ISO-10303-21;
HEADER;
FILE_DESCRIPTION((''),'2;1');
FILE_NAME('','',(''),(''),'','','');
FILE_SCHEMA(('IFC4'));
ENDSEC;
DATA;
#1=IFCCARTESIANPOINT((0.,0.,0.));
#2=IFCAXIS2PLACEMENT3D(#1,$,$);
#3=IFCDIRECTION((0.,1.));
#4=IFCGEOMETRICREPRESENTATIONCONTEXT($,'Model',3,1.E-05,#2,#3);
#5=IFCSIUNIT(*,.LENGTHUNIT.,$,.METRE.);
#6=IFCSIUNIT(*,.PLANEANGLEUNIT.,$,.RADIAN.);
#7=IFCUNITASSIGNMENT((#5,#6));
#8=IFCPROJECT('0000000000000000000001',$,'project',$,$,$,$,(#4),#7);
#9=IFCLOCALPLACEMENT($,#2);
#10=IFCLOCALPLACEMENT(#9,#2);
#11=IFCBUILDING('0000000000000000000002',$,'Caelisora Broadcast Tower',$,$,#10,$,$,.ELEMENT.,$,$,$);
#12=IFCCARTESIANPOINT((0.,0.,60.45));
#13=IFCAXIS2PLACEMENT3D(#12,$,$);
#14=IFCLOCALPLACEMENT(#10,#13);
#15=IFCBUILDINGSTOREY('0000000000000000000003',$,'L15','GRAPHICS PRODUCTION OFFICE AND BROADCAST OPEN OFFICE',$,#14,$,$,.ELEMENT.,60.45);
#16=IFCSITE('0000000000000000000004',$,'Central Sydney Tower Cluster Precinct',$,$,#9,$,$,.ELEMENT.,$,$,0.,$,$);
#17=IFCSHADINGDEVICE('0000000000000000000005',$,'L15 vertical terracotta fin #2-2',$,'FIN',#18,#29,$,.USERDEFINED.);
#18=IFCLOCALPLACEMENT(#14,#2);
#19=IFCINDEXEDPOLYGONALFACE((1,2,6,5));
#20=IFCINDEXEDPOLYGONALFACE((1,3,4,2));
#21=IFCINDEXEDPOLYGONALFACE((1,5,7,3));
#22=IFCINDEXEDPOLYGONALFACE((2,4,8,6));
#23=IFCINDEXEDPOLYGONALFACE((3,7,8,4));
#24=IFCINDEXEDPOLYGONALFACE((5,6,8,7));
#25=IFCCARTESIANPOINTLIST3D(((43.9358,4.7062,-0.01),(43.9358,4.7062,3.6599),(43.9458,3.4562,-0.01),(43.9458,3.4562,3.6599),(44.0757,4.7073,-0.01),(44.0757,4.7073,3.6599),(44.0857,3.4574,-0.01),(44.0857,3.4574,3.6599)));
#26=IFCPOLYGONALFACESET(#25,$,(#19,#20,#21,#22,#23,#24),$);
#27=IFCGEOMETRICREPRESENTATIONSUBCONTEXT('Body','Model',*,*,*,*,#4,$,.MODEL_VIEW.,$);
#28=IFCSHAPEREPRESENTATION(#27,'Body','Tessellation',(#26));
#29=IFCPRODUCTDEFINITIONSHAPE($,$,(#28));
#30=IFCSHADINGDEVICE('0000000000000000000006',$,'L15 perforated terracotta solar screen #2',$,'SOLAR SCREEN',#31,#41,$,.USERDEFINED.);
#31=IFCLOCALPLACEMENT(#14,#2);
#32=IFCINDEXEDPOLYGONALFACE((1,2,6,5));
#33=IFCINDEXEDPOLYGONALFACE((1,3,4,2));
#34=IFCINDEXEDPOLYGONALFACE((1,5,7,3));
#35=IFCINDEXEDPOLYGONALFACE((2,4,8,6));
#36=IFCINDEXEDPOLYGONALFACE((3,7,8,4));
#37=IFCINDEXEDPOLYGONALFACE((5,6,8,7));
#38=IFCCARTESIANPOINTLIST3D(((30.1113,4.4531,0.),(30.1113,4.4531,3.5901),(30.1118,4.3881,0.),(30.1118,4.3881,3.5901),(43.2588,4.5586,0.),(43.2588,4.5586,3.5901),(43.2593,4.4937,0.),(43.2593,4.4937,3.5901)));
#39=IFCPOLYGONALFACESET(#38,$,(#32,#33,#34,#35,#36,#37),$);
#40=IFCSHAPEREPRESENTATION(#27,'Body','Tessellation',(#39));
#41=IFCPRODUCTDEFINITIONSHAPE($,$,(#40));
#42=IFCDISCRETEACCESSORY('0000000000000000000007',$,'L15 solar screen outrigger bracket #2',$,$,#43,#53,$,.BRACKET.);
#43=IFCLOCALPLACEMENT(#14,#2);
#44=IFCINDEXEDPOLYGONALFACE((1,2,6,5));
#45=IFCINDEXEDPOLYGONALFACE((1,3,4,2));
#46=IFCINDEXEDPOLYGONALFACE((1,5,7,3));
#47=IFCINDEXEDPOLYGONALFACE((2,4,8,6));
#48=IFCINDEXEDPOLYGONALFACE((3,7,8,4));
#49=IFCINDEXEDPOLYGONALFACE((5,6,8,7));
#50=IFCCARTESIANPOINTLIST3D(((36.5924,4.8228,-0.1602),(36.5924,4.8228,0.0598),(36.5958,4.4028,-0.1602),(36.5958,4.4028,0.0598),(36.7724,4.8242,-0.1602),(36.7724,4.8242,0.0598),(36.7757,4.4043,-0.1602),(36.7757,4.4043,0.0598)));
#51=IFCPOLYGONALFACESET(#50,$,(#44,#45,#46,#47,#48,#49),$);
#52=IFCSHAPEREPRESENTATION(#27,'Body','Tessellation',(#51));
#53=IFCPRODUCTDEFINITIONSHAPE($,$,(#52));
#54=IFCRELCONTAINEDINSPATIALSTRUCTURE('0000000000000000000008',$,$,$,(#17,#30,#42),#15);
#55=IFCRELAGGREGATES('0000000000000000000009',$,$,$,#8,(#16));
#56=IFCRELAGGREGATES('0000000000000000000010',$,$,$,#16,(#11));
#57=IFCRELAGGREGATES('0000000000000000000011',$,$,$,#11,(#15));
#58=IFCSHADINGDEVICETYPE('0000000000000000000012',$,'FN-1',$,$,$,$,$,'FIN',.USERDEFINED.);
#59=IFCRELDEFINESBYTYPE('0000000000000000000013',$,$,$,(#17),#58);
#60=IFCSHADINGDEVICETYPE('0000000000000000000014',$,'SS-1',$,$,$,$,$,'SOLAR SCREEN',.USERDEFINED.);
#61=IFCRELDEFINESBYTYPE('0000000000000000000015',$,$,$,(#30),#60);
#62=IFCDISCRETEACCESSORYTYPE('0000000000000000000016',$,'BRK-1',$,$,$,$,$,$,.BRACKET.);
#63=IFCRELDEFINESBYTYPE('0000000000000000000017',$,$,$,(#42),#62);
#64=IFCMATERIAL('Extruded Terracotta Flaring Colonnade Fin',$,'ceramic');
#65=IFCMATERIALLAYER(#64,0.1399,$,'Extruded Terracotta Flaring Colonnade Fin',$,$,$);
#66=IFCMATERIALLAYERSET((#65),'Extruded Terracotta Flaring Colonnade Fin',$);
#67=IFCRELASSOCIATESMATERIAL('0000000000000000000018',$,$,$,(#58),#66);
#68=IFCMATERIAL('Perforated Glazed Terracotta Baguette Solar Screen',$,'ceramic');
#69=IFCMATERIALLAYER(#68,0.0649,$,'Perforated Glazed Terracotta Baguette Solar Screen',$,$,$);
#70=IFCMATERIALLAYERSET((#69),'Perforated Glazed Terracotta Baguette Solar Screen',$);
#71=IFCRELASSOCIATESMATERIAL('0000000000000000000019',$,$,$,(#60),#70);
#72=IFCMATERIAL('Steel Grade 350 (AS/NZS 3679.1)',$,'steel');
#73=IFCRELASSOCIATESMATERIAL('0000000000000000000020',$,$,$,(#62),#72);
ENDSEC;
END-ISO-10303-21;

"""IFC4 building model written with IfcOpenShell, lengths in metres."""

from ifc_helpers import new_model, si_unit, direction, frame, origin, origin_2d, place, context, subcontext, project, spatial, rectangle, extrude, source, transform, mapped, material, layer, layer_set, type_object, type_shapes, element, save


model = new_model("IFC4")

# Units and contexts
model_context = context("Model", 3, precision=1e-05, world=origin(), true_north=direction((0.0, 1.0)))
body_context = subcontext(model_context, "Body", "Model", "MODEL_VIEW")
ifc_project = project(units=[si_unit("LENGTHUNIT", "METRE"), si_unit("PLANEANGLEUNIT", "RADIAN")], contexts=[model_context])

# Site, building, storey
site_placement = place(None, origin())
site = spatial("IfcSite", under=ifc_project, at=site_placement, Name="Central Sydney Tower Cluster Precinct", CompositionType="ELEMENT", RefElevation=0.0)
building_placement = place(site_placement, origin())
building = spatial("IfcBuilding", under=site, at=building_placement, Name="Caelisora Broadcast Tower", CompositionType="ELEMENT")
storey_placement = place(building_placement, frame((0.0, 0.0, 60.45)))
storey = spatial("IfcBuildingStorey", under=building, at=storey_placement, Name="L15", Description="GRAPHICS PRODUCTION OFFICE AND BROADCAST OPEN OFFICE", CompositionType="ELEMENT", Elevation=60.45)

# Shared definitions
ifc_material_1 = material(Name="Steel Grade 350 (AS/NZS 3679.1)", Category="steel")

# Shading devices
ifc_material_2 = material(Name="Extruded Terracotta Flaring Colonnade Fin", Category="ceramic")
ifc_layer_1 = layer(ifc_material_2, 0.1399, Name="Extruded Terracotta Flaring Colonnade Fin")
ifc_layer_set_1 = layer_set([ifc_layer_1], Name="Extruded Terracotta Flaring Colonnade Fin")
shading_device_type_1 = type_object("IfcShadingDeviceType", Name="FN-1", ElementType="FIN", PredefinedType="USERDEFINED", material=ifc_layer_set_1)
shared_shape_1 = source(origin(), body_context, "Body", "SweptSolid", [
    extrude(rectangle(XDim=0.1399, YDim=1.25, at=origin_2d()), origin(), (0.0, 0.0, 1.0), 3.6699),
])
type_shapes(shading_device_type_1, [shared_shape_1])
shading_device_1_placement = place(storey_placement, frame((44.0107, 4.0818, -0.01), z_axis=(0.0, 0.0, 1.0), x_axis=(-0.999968, -0.008028, 0.0)))
element("IfcShadingDevice", 1, at=shading_device_1_placement, inside=storey, type_object=shading_device_type_1, Name="L15 vertical terracotta fin #2-2", ObjectType="FIN", PredefinedType="USERDEFINED", context=body_context, shape_type="MappedRepresentation", body=[
    mapped(shared_shape_1, transform((0.0, 0.0, 0.0), scale=1.0)),
])
ifc_material_3 = material(Name="Perforated Glazed Terracotta Baguette Solar Screen", Category="ceramic")
ifc_layer_2 = layer(ifc_material_3, 0.0649, Name="Perforated Glazed Terracotta Baguette Solar Screen")
ifc_layer_set_2 = layer_set([ifc_layer_2], Name="Perforated Glazed Terracotta Baguette Solar Screen")
shading_device_type_2 = type_object("IfcShadingDeviceType", Name="SS-1", ElementType="SOLAR SCREEN", PredefinedType="USERDEFINED", material=ifc_layer_set_2)
shared_shape_2 = source(origin(), body_context, "Body", "SweptSolid", [
    extrude(rectangle(XDim=13.1479, YDim=0.0649, at=origin_2d()), origin(), (0.0, 0.0, 1.0), 3.5901),
])
type_shapes(shading_device_type_2, [shared_shape_2])
shading_device_2_placement = place(storey_placement, frame((36.6853, 4.4734, 0.0), z_axis=(0.0, 0.0, 1.0), x_axis=(0.999968, 0.008028, 0.0)))
element("IfcShadingDevice", 2, at=shading_device_2_placement, inside=storey, type_object=shading_device_type_2, Name="L15 perforated terracotta solar screen #2", ObjectType="SOLAR SCREEN", PredefinedType="USERDEFINED", context=body_context, shape_type="MappedRepresentation", body=[
    mapped(shared_shape_2, transform((0.0, 0.0, 0.0), scale=1.0)),
])

# Discrete accessory
discrete_accessory_type = type_object("IfcDiscreteAccessoryType", Name="BRK-1", PredefinedType="BRACKET", material=ifc_material_1)
shared_shape_3 = source(origin(), body_context, "Body", "SweptSolid", [
    extrude(rectangle(XDim=0.1799, YDim=0.4199, at=origin_2d()), origin(), (0.0, 0.0, 1.0), 0.22),
])
type_shapes(discrete_accessory_type, [shared_shape_3])
discrete_accessory_placement = place(storey_placement, frame((36.6841, 4.6135, -0.1602), z_axis=(0.0, 0.0, 1.0), x_axis=(0.999968, 0.008028, 0.0)))
element("IfcDiscreteAccessory", 3, at=discrete_accessory_placement, inside=storey, type_object=discrete_accessory_type, Name="L15 solar screen outrigger bracket #2", PredefinedType="BRACKET", context=body_context, shape_type="MappedRepresentation", body=[
    mapped(shared_shape_3, transform((0.0, 0.0, 0.0), scale=1.0)),
])

save(model, "model.ifc")
